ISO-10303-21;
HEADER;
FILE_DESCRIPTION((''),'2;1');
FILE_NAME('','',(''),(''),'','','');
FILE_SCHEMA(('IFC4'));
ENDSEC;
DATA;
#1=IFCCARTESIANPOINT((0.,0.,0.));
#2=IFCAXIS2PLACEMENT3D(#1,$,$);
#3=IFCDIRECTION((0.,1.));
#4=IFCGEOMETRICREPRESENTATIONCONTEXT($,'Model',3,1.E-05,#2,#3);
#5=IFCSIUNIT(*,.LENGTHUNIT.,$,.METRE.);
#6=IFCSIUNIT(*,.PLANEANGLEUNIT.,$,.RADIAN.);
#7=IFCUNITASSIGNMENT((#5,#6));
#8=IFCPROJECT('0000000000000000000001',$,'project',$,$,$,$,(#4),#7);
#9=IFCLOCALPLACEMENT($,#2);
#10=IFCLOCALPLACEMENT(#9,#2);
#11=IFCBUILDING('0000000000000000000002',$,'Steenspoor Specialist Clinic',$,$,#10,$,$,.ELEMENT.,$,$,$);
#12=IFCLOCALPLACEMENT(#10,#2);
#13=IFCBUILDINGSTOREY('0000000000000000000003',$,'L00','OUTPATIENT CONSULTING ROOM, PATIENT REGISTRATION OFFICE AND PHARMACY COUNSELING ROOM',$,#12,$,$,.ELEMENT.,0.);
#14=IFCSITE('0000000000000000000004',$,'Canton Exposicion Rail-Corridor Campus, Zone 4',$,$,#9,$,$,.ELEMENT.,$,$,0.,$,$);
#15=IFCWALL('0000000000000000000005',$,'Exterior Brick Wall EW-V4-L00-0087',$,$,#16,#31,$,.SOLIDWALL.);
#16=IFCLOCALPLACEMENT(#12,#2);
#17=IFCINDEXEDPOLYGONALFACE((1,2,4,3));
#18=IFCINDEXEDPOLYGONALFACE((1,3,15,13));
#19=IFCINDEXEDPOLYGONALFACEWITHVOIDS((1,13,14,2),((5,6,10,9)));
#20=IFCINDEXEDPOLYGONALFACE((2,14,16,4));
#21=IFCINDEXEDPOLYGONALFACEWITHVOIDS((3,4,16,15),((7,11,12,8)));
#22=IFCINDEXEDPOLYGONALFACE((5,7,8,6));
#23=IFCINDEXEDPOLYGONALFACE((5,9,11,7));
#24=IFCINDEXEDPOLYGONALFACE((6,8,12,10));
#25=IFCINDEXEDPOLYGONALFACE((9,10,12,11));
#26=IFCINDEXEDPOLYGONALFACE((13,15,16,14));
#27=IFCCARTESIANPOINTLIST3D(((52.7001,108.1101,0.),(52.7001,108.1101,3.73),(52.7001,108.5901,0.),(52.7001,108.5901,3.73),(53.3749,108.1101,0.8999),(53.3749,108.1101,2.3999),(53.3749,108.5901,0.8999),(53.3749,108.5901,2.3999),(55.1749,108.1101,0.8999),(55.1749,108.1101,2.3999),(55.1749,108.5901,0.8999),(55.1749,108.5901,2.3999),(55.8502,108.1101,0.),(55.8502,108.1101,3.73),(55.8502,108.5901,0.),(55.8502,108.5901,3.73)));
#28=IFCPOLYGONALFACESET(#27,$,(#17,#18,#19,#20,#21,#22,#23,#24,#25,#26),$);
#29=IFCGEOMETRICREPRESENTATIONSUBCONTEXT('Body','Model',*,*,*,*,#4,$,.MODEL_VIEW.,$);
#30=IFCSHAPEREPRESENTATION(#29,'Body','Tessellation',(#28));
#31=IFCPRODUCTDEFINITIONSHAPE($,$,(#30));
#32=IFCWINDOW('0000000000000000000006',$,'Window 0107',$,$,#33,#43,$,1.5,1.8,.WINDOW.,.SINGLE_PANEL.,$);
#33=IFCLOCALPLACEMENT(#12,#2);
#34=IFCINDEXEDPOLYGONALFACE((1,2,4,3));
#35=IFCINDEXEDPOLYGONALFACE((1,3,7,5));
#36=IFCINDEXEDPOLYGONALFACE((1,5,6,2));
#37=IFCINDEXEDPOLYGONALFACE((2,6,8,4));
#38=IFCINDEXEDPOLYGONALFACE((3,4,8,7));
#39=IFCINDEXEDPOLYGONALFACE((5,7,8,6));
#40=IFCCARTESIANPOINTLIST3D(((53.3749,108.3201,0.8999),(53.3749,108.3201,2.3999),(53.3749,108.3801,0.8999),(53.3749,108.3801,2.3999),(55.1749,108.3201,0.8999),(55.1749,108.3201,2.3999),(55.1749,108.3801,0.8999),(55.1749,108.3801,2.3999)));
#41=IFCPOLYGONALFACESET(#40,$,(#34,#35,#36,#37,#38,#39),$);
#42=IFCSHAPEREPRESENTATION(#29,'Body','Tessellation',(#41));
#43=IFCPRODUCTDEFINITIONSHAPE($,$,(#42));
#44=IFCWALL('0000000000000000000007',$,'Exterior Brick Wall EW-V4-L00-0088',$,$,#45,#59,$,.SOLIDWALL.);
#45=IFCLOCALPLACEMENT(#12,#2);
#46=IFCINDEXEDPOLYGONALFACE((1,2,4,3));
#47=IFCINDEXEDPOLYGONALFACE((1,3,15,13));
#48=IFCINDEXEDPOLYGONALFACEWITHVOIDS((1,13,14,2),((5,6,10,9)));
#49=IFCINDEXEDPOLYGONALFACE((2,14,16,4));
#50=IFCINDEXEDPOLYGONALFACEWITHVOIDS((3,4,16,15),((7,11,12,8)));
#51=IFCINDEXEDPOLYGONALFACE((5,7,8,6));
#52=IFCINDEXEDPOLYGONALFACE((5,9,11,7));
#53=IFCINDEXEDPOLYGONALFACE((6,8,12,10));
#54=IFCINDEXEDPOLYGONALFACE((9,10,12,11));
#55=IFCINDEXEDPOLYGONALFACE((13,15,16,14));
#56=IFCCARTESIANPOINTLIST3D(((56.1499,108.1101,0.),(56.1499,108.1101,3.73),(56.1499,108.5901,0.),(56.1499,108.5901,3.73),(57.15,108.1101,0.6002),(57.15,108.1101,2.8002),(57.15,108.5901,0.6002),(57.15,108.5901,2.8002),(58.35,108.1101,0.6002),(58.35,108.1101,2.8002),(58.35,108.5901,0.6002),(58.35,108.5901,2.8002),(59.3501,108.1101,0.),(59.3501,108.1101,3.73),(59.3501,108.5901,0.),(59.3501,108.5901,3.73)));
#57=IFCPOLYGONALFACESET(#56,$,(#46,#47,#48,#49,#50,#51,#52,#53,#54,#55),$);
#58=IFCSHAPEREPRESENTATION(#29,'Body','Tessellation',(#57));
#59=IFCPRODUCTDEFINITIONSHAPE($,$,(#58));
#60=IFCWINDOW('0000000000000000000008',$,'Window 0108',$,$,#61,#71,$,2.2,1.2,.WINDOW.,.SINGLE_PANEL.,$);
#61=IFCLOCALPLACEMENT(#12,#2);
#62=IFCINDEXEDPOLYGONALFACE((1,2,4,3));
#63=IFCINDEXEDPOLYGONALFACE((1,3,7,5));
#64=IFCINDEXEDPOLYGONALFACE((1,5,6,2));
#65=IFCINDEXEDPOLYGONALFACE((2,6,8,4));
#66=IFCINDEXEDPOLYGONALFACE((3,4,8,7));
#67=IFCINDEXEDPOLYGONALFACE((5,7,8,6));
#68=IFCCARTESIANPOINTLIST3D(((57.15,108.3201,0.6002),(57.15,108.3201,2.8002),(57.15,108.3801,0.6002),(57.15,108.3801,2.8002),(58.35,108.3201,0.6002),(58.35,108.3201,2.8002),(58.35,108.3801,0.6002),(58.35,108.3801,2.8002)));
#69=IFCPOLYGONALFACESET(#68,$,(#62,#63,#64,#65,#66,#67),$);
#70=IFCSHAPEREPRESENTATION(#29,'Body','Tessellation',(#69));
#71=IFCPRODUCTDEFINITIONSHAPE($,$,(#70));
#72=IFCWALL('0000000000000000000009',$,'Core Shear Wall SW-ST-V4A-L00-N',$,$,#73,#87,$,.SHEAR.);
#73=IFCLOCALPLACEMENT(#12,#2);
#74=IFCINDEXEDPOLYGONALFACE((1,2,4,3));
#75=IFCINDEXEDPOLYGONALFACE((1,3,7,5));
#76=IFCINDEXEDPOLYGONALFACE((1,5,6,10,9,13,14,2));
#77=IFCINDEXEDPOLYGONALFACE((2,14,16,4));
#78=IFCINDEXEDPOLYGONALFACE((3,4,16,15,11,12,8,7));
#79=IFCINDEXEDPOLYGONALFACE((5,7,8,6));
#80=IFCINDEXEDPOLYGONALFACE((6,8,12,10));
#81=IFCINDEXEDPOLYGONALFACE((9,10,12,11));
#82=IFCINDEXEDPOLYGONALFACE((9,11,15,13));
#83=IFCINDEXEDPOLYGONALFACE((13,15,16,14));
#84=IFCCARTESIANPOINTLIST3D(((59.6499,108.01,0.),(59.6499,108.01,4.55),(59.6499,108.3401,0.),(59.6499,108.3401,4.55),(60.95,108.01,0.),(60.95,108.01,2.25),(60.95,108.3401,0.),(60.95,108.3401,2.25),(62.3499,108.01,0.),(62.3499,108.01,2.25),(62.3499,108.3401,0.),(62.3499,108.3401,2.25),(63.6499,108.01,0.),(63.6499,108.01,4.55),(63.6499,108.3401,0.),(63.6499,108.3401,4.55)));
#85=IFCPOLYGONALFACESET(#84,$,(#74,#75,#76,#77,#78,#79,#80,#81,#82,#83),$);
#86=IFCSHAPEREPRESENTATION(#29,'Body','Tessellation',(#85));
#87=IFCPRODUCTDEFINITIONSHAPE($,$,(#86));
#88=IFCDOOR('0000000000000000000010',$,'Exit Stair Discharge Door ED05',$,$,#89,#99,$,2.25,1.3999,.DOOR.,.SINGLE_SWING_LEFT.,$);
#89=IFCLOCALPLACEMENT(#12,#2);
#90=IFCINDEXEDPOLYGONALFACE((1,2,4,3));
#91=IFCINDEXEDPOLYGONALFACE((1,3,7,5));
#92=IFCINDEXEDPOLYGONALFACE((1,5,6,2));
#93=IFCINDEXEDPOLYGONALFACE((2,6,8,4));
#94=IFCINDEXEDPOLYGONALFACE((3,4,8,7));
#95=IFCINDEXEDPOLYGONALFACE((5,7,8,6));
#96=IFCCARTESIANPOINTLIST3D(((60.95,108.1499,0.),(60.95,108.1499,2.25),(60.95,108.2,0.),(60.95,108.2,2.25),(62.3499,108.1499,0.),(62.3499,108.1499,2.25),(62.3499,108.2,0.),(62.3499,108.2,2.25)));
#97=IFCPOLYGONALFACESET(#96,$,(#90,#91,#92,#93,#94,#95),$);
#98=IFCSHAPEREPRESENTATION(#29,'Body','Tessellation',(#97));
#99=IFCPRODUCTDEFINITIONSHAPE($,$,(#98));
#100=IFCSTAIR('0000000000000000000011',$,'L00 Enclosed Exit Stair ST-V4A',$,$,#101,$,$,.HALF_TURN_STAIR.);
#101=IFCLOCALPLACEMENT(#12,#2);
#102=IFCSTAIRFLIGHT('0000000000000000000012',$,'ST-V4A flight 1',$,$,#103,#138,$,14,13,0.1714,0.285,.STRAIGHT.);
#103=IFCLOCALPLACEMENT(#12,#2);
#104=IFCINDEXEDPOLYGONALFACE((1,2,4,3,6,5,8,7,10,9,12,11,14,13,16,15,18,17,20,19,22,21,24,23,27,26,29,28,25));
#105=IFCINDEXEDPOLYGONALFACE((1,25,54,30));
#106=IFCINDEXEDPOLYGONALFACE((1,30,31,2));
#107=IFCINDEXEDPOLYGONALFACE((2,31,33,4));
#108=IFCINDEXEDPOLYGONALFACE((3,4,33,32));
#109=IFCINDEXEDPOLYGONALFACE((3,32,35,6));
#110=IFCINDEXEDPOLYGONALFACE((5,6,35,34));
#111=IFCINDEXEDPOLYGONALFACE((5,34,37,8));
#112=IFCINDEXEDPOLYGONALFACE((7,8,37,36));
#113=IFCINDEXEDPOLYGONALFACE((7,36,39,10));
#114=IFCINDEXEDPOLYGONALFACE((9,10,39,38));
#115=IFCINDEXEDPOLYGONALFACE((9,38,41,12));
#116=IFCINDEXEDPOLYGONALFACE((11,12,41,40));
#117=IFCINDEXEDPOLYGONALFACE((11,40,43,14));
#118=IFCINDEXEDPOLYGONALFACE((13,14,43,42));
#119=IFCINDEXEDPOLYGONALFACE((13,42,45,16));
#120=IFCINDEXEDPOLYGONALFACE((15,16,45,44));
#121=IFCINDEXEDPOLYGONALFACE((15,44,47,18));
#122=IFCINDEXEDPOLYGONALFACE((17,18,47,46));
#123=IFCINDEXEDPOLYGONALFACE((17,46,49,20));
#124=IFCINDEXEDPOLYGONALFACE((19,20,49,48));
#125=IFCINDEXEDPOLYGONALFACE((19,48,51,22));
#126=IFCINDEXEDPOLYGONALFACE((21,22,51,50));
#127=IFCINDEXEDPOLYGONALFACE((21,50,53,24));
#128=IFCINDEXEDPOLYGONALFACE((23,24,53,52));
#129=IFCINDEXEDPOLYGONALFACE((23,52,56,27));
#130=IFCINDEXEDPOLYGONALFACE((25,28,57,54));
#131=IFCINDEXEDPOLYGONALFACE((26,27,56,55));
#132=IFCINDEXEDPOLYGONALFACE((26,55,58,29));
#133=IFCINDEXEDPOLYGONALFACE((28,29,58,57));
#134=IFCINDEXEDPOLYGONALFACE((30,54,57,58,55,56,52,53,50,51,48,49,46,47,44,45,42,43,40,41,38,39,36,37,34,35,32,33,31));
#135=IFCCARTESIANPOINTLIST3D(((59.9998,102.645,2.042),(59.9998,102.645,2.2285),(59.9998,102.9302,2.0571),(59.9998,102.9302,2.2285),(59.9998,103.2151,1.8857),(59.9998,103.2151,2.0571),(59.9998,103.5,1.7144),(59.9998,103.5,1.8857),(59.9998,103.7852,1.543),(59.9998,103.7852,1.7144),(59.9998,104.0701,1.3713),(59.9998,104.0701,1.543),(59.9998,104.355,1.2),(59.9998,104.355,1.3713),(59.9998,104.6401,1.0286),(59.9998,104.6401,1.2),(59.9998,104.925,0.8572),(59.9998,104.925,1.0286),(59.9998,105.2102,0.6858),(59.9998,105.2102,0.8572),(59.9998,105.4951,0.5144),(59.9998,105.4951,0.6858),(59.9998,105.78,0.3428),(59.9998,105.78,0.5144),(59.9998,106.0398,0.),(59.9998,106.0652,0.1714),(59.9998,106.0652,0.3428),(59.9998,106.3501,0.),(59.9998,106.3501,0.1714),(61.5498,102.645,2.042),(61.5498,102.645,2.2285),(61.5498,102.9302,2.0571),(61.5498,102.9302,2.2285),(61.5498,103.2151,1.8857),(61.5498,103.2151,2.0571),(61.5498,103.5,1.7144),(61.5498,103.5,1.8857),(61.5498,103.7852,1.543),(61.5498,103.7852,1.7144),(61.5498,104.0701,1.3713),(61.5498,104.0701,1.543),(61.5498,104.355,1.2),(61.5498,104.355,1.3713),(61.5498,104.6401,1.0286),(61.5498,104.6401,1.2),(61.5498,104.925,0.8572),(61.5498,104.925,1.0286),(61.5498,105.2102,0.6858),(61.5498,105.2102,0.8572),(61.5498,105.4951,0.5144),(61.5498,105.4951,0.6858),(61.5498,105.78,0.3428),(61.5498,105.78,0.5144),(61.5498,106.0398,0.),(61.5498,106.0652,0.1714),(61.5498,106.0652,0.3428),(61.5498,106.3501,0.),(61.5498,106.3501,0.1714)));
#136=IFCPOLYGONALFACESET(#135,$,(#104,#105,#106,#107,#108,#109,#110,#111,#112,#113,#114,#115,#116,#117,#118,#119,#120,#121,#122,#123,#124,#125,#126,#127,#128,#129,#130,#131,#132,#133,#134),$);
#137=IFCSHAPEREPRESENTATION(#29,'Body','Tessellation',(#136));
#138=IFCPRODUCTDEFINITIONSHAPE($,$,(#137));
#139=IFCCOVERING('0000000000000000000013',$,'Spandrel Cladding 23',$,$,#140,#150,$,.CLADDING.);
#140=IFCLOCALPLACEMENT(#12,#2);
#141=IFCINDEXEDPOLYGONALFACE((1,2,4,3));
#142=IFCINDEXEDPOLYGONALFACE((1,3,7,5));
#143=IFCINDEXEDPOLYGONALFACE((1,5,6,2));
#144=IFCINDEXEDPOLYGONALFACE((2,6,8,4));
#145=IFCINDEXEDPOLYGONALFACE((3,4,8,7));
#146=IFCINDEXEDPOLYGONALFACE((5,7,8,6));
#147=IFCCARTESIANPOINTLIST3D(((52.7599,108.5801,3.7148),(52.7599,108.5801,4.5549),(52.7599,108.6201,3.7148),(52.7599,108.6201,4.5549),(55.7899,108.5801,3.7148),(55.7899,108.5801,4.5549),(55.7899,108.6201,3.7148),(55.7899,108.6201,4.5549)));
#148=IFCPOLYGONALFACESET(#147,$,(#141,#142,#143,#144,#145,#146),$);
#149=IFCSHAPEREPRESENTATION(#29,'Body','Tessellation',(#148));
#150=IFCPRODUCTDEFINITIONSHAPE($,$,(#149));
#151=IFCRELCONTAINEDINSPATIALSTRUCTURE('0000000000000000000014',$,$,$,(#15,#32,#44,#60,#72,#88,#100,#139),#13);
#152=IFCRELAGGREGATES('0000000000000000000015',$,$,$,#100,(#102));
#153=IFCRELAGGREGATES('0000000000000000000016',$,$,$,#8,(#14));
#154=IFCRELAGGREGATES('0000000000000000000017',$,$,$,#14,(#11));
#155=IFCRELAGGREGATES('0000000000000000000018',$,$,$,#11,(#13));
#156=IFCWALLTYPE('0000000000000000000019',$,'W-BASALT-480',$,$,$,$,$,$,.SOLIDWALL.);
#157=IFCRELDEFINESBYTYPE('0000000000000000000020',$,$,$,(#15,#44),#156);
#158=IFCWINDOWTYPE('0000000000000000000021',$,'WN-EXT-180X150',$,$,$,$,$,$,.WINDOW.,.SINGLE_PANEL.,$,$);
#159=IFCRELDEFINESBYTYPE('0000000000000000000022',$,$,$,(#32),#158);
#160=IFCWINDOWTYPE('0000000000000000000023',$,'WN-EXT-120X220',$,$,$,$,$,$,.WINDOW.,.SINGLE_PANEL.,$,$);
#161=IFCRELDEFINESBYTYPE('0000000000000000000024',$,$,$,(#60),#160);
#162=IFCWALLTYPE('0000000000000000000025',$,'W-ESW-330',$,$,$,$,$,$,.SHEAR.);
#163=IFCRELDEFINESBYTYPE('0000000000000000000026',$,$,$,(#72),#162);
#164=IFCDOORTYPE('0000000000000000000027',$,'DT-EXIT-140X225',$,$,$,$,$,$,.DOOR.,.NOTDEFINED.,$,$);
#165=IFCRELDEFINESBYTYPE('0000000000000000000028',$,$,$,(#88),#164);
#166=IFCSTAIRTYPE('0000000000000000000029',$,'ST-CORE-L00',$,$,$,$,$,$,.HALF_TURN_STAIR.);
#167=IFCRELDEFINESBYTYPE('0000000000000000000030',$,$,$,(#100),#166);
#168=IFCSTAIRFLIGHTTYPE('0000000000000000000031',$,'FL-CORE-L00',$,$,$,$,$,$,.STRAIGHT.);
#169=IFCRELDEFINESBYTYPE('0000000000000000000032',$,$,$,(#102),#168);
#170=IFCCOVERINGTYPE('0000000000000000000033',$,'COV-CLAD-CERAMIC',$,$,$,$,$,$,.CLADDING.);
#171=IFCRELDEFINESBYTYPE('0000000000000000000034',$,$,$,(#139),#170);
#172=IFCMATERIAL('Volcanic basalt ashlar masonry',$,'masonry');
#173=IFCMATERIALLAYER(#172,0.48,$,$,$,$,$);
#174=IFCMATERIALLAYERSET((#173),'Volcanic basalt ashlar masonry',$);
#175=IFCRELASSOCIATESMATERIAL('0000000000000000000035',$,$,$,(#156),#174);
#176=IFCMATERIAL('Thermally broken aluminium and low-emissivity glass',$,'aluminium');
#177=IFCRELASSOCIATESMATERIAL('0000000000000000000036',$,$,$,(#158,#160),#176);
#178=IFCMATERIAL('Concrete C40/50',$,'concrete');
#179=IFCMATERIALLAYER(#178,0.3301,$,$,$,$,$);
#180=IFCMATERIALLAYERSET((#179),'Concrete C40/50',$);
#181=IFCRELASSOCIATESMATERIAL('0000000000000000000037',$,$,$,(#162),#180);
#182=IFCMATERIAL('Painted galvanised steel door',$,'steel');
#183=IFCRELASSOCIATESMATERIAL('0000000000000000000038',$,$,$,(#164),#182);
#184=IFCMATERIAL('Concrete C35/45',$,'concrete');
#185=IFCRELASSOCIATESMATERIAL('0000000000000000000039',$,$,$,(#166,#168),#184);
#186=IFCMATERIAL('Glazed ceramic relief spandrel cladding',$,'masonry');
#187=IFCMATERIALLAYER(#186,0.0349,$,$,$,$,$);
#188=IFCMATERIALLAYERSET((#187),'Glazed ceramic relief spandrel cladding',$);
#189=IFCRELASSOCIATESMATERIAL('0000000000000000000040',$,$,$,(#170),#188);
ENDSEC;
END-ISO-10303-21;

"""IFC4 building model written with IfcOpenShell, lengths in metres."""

from ifc_helpers import new_model, si_unit, direction, frame, frame_2d, origin, origin_2d, place, context, subcontext, project, spatial, polyline, rectangle, outline, extrude, material, layer, layer_set, type_object, element, fill, aggregate, save


model = new_model("IFC4")

# Units and contexts
model_context = context("Model", 3, precision=1e-05, world=origin(), true_north=direction((0.0, 1.0)))
body_context = subcontext(model_context, "Body", "Model", "MODEL_VIEW")
ifc_project = project(units=[si_unit("LENGTHUNIT", "METRE"), si_unit("PLANEANGLEUNIT", "RADIAN")], contexts=[model_context])

# Site, building, storey
site_placement = place(None, origin())
site = spatial("IfcSite", under=ifc_project, at=site_placement, Name="Canton Exposicion Rail-Corridor Campus, Zone 4", CompositionType="ELEMENT", RefElevation=0.0)
building_placement = place(site_placement, origin())
building = spatial("IfcBuilding", under=site, at=building_placement, Name="Steenspoor Specialist Clinic", CompositionType="ELEMENT")
storey_placement = place(building_placement, origin())
storey = spatial("IfcBuildingStorey", under=building, at=storey_placement, Name="L00", Description="OUTPATIENT CONSULTING ROOM, PATIENT REGISTRATION OFFICE AND PHARMACY COUNSELING ROOM", CompositionType="ELEMENT", Elevation=0.0)

# Shared definitions
ifc_material_1 = material(Name="Concrete C35/45", Category="concrete")

# Shared definitions
ifc_material_2 = material(Name="Concrete C40/50", Category="concrete")

# Walls, openings, windows
ifc_material_3 = material(Name="Volcanic basalt ashlar masonry", Category="masonry")
ifc_layer_1 = layer(ifc_material_3, 0.48)
ifc_layer_set_1 = layer_set([ifc_layer_1], Name="Volcanic basalt ashlar masonry")
wall_type_1 = type_object("IfcWallType", Name="W-BASALT-480", PredefinedType="SOLIDWALL", material=ifc_layer_set_1)
wall_1_placement = place(storey_placement, frame((52.7, 108.3501, 0.0), z_axis=(0.0, 0.0, 1.0), x_axis=(1.0, 0.0, 0.0)))
wall_1 = element("IfcWall", 1, at=wall_1_placement, inside=storey, type_object=wall_type_1, Name="Exterior Brick Wall EW-V4-L00-0087", PredefinedType="SOLIDWALL", context=body_context, shape_type="SweptSolid", body=[
    extrude(rectangle(XDim=3.1501, YDim=0.48, at=frame_2d((1.5752, 0.0))), origin(), (0.0, 0.0, 1.0), 3.73),
])
opening_1_placement = place(wall_1_placement, frame((0.675, 0.0, 0.8999)))
opening_1 = element("IfcOpeningElement", 2, at=opening_1_placement, cuts=wall_1, PredefinedType="OPENING", context=body_context, shape_type="SweptSolid", body=[
    extrude(rectangle(XDim=1.8, YDim=1.5, at=frame_2d((0.8999, 0.75))), frame((0.0, 0.25, 0.0), z_axis=(0.0, -1.0, 0.0), x_axis=(1.0, 0.0, 0.0)), (0.0, 0.0, 1.0), 0.5),
])
ifc_material_4 = material(Name="Thermally broken aluminium and low-emissivity glass", Category="aluminium")
window_type_1 = type_object("IfcWindowType", Name="WN-EXT-180X150", PartitioningType="SINGLE_PANEL", PredefinedType="WINDOW", material=ifc_material_4)
window_1_placement = place(opening_1_placement, origin())
window_1 = element("IfcWindow", 3, at=window_1_placement, inside=storey, type_object=window_type_1, Name="Window 0107", OverallHeight=1.5, OverallWidth=1.8, PartitioningType="SINGLE_PANEL", PredefinedType="WINDOW", context=body_context, shape_type="SweptSolid", body=[
    extrude(rectangle(XDim=1.8, YDim=1.5, at=frame_2d((0.8999, 0.75))), frame((0.0, 0.03, 0.0), z_axis=(0.0, -1.0, 0.0), x_axis=(1.0, 0.0, 0.0)), (0.0, 0.0, 1.0), 0.0601),
])
fill(opening_1, window_1)
wall_2_placement = place(storey_placement, frame((56.1499, 108.3501, 0.0), z_axis=(0.0, 0.0, 1.0), x_axis=(1.0, 0.0, 0.0)))
wall_2 = element("IfcWall", 4, at=wall_2_placement, inside=storey, type_object=wall_type_1, Name="Exterior Brick Wall EW-V4-L00-0088", PredefinedType="SOLIDWALL", context=body_context, shape_type="SweptSolid", body=[
    extrude(rectangle(XDim=3.2002, YDim=0.48, at=frame_2d((1.6001, 0.0))), origin(), (0.0, 0.0, 1.0), 3.73),
])
opening_2_placement = place(wall_2_placement, frame((1.0, 0.0, 0.6001)))
opening_2 = element("IfcOpeningElement", 5, at=opening_2_placement, cuts=wall_2, PredefinedType="OPENING", context=body_context, shape_type="SweptSolid", body=[
    extrude(rectangle(XDim=1.2, YDim=2.2, at=frame_2d((0.6001, 1.1001))), frame((0.0, 0.25, 0.0), z_axis=(0.0, -1.0, 0.0), x_axis=(1.0, 0.0, 0.0)), (0.0, 0.0, 1.0), 0.5),
])
window_type_2 = type_object("IfcWindowType", Name="WN-EXT-120X220", PartitioningType="SINGLE_PANEL", PredefinedType="WINDOW", material=ifc_material_4)
window_2_placement = place(opening_2_placement, origin())
window_2 = element("IfcWindow", 6, at=window_2_placement, inside=storey, type_object=window_type_2, Name="Window 0108", OverallHeight=2.2, OverallWidth=1.2, PartitioningType="SINGLE_PANEL", PredefinedType="WINDOW", context=body_context, shape_type="SweptSolid", body=[
    extrude(rectangle(XDim=1.2, YDim=2.2, at=frame_2d((0.6001, 1.1001))), frame((0.0, 0.03, 0.0), z_axis=(0.0, -1.0, 0.0), x_axis=(1.0, 0.0, 0.0)), (0.0, 0.0, 1.0), 0.0601),
])
fill(opening_2, window_2)

# Wall, opening, door
ifc_layer_2 = layer(ifc_material_2, 0.3301)
ifc_layer_set_2 = layer_set([ifc_layer_2], Name="Concrete C40/50")
wall_type_2 = type_object("IfcWallType", Name="W-ESW-330", PredefinedType="SHEAR", material=ifc_layer_set_2)
wall_3_placement = place(storey_placement, frame((59.6499, 108.175, 0.0), z_axis=(0.0, 0.0, 1.0), x_axis=(1.0, 0.0, 0.0)))
wall_3 = element("IfcWall", 7, at=wall_3_placement, inside=storey, type_object=wall_type_2, Name="Core Shear Wall SW-ST-V4A-L00-N", PredefinedType="SHEAR", context=body_context, shape_type="SweptSolid", body=[
    extrude(rectangle(XDim=4.0, YDim=0.3301, at=frame_2d((2.0, 0.0))), origin(), (0.0, 0.0, 1.0), 4.55),
])
opening_3_placement = place(wall_3_placement, frame((1.3, 0.0, 0.0)))
opening_3 = element("IfcOpeningElement", 8, at=opening_3_placement, cuts=wall_3, PredefinedType="OPENING", context=body_context, shape_type="SweptSolid", body=[
    extrude(rectangle(XDim=1.3999, YDim=2.25, at=frame_2d((0.7, 1.125))), frame((0.0, 0.175, 0.0), z_axis=(0.0, -1.0, 0.0), x_axis=(1.0, 0.0, 0.0)), (0.0, 0.0, 1.0), 0.3501),
])
ifc_material_5 = material(Name="Painted galvanised steel door", Category="steel")
door_type = type_object("IfcDoorType", Name="DT-EXIT-140X225", OperationType="NOTDEFINED", PredefinedType="DOOR", material=ifc_material_5)
door_placement = place(opening_3_placement, origin())
door = element("IfcDoor", 9, at=door_placement, inside=storey, type_object=door_type, Name="Exit Stair Discharge Door ED05", OperationType="SINGLE_SWING_LEFT", OverallHeight=2.25, OverallWidth=1.3999, PredefinedType="DOOR", context=body_context, shape_type="SweptSolid", body=[
    extrude(rectangle(XDim=1.3999, YDim=2.25, at=frame_2d((0.7, 1.125))), frame((0.0, 0.0249, 0.0), z_axis=(0.0, -1.0, 0.0), x_axis=(1.0, 0.0, 0.0)), (0.0, 0.0, 1.0), 0.05),
])
fill(opening_3, door)

# Stair, stair flight
stair_type = type_object("IfcStairType", Name="ST-CORE-L00", PredefinedType="HALF_TURN_STAIR", material=ifc_material_1)
stair_placement = place(storey_placement, origin())
stair = element("IfcStair", 10, at=stair_placement, inside=storey, type_object=stair_type, Name="L00 Enclosed Exit Stair ST-V4A", PredefinedType="HALF_TURN_STAIR")
stair_flight_type = type_object("IfcStairFlightType", Name="FL-CORE-L00", PredefinedType="STRAIGHT", material=ifc_material_1)
stair_flight_placement = place(storey_placement, frame((60.7749, 106.3501, 0.0), z_axis=(0.0, 0.0, 1.0), x_axis=(0.0, -1.0, 0.0)))
stair_flight = element("IfcStairFlight", 11, at=stair_flight_placement, type_object=stair_flight_type, Name="ST-V4A flight 1", NumberOfRisers=14, NumberOfTreads=13, PredefinedType="STRAIGHT", RiserHeight=0.1714, TreadLength=0.285, context=body_context, shape_type="SweptSolid", body=[
    extrude(outline(polyline([(0.0, 0.0), (0.0, 0.1714), (0.2849, 0.1714), (0.2849, 0.3428), (0.5701, 0.3428), (0.5701, 0.5144), (0.855, 0.5144), (0.855, 0.6858), (1.1399, 0.6858), (1.1399, 0.8572), (1.425, 0.8572), (1.425, 1.0286), (1.71, 1.0286), (1.71, 1.2), (1.9951, 1.2), (1.9951, 1.3713), (2.28, 1.3713), (2.28, 1.543), (2.5649, 1.543), (2.5649, 1.7144), (2.8501, 1.7144), (2.8501, 1.8857), (3.135, 1.8857), (3.135, 2.0571), (3.4199, 2.0571), (3.4199, 2.2285), (3.7051, 2.2285), (3.7051, 2.3999), (3.7051, 2.042), (0.3103, 0.0), (0.0, 0.0)])), frame((0.0, 0.7749, 0.0), z_axis=(0.0, -1.0, 0.0), x_axis=(1.0, 0.0, 0.0)), (0.0, 0.0, 1.0), 1.55),
])
aggregate(stair, [stair_flight])

# Covering
ifc_material_6 = material(Name="Glazed ceramic relief spandrel cladding", Category="masonry")
ifc_layer_3 = layer(ifc_material_6, 0.0349)
ifc_layer_set_3 = layer_set([ifc_layer_3], Name="Glazed ceramic relief spandrel cladding")
covering_type = type_object("IfcCoveringType", Name="COV-CLAD-CERAMIC", PredefinedType="CLADDING", material=ifc_layer_set_3)
covering_placement = place(storey_placement, frame((54.2749, 108.6001, 3.7148), z_axis=(0.0, 0.0, 1.0), x_axis=(1.0, 0.0, 0.0)))
element("IfcCovering", 12, at=covering_placement, inside=storey, type_object=covering_type, Name="Spandrel Cladding 23", PredefinedType="CLADDING", context=body_context, shape_type="SweptSolid", body=[
    extrude(rectangle(XDim=3.03, YDim=0.04, at=origin_2d()), origin(), (0.0, 0.0, 1.0), 0.8401),
])

save(model, "model.ifc")
